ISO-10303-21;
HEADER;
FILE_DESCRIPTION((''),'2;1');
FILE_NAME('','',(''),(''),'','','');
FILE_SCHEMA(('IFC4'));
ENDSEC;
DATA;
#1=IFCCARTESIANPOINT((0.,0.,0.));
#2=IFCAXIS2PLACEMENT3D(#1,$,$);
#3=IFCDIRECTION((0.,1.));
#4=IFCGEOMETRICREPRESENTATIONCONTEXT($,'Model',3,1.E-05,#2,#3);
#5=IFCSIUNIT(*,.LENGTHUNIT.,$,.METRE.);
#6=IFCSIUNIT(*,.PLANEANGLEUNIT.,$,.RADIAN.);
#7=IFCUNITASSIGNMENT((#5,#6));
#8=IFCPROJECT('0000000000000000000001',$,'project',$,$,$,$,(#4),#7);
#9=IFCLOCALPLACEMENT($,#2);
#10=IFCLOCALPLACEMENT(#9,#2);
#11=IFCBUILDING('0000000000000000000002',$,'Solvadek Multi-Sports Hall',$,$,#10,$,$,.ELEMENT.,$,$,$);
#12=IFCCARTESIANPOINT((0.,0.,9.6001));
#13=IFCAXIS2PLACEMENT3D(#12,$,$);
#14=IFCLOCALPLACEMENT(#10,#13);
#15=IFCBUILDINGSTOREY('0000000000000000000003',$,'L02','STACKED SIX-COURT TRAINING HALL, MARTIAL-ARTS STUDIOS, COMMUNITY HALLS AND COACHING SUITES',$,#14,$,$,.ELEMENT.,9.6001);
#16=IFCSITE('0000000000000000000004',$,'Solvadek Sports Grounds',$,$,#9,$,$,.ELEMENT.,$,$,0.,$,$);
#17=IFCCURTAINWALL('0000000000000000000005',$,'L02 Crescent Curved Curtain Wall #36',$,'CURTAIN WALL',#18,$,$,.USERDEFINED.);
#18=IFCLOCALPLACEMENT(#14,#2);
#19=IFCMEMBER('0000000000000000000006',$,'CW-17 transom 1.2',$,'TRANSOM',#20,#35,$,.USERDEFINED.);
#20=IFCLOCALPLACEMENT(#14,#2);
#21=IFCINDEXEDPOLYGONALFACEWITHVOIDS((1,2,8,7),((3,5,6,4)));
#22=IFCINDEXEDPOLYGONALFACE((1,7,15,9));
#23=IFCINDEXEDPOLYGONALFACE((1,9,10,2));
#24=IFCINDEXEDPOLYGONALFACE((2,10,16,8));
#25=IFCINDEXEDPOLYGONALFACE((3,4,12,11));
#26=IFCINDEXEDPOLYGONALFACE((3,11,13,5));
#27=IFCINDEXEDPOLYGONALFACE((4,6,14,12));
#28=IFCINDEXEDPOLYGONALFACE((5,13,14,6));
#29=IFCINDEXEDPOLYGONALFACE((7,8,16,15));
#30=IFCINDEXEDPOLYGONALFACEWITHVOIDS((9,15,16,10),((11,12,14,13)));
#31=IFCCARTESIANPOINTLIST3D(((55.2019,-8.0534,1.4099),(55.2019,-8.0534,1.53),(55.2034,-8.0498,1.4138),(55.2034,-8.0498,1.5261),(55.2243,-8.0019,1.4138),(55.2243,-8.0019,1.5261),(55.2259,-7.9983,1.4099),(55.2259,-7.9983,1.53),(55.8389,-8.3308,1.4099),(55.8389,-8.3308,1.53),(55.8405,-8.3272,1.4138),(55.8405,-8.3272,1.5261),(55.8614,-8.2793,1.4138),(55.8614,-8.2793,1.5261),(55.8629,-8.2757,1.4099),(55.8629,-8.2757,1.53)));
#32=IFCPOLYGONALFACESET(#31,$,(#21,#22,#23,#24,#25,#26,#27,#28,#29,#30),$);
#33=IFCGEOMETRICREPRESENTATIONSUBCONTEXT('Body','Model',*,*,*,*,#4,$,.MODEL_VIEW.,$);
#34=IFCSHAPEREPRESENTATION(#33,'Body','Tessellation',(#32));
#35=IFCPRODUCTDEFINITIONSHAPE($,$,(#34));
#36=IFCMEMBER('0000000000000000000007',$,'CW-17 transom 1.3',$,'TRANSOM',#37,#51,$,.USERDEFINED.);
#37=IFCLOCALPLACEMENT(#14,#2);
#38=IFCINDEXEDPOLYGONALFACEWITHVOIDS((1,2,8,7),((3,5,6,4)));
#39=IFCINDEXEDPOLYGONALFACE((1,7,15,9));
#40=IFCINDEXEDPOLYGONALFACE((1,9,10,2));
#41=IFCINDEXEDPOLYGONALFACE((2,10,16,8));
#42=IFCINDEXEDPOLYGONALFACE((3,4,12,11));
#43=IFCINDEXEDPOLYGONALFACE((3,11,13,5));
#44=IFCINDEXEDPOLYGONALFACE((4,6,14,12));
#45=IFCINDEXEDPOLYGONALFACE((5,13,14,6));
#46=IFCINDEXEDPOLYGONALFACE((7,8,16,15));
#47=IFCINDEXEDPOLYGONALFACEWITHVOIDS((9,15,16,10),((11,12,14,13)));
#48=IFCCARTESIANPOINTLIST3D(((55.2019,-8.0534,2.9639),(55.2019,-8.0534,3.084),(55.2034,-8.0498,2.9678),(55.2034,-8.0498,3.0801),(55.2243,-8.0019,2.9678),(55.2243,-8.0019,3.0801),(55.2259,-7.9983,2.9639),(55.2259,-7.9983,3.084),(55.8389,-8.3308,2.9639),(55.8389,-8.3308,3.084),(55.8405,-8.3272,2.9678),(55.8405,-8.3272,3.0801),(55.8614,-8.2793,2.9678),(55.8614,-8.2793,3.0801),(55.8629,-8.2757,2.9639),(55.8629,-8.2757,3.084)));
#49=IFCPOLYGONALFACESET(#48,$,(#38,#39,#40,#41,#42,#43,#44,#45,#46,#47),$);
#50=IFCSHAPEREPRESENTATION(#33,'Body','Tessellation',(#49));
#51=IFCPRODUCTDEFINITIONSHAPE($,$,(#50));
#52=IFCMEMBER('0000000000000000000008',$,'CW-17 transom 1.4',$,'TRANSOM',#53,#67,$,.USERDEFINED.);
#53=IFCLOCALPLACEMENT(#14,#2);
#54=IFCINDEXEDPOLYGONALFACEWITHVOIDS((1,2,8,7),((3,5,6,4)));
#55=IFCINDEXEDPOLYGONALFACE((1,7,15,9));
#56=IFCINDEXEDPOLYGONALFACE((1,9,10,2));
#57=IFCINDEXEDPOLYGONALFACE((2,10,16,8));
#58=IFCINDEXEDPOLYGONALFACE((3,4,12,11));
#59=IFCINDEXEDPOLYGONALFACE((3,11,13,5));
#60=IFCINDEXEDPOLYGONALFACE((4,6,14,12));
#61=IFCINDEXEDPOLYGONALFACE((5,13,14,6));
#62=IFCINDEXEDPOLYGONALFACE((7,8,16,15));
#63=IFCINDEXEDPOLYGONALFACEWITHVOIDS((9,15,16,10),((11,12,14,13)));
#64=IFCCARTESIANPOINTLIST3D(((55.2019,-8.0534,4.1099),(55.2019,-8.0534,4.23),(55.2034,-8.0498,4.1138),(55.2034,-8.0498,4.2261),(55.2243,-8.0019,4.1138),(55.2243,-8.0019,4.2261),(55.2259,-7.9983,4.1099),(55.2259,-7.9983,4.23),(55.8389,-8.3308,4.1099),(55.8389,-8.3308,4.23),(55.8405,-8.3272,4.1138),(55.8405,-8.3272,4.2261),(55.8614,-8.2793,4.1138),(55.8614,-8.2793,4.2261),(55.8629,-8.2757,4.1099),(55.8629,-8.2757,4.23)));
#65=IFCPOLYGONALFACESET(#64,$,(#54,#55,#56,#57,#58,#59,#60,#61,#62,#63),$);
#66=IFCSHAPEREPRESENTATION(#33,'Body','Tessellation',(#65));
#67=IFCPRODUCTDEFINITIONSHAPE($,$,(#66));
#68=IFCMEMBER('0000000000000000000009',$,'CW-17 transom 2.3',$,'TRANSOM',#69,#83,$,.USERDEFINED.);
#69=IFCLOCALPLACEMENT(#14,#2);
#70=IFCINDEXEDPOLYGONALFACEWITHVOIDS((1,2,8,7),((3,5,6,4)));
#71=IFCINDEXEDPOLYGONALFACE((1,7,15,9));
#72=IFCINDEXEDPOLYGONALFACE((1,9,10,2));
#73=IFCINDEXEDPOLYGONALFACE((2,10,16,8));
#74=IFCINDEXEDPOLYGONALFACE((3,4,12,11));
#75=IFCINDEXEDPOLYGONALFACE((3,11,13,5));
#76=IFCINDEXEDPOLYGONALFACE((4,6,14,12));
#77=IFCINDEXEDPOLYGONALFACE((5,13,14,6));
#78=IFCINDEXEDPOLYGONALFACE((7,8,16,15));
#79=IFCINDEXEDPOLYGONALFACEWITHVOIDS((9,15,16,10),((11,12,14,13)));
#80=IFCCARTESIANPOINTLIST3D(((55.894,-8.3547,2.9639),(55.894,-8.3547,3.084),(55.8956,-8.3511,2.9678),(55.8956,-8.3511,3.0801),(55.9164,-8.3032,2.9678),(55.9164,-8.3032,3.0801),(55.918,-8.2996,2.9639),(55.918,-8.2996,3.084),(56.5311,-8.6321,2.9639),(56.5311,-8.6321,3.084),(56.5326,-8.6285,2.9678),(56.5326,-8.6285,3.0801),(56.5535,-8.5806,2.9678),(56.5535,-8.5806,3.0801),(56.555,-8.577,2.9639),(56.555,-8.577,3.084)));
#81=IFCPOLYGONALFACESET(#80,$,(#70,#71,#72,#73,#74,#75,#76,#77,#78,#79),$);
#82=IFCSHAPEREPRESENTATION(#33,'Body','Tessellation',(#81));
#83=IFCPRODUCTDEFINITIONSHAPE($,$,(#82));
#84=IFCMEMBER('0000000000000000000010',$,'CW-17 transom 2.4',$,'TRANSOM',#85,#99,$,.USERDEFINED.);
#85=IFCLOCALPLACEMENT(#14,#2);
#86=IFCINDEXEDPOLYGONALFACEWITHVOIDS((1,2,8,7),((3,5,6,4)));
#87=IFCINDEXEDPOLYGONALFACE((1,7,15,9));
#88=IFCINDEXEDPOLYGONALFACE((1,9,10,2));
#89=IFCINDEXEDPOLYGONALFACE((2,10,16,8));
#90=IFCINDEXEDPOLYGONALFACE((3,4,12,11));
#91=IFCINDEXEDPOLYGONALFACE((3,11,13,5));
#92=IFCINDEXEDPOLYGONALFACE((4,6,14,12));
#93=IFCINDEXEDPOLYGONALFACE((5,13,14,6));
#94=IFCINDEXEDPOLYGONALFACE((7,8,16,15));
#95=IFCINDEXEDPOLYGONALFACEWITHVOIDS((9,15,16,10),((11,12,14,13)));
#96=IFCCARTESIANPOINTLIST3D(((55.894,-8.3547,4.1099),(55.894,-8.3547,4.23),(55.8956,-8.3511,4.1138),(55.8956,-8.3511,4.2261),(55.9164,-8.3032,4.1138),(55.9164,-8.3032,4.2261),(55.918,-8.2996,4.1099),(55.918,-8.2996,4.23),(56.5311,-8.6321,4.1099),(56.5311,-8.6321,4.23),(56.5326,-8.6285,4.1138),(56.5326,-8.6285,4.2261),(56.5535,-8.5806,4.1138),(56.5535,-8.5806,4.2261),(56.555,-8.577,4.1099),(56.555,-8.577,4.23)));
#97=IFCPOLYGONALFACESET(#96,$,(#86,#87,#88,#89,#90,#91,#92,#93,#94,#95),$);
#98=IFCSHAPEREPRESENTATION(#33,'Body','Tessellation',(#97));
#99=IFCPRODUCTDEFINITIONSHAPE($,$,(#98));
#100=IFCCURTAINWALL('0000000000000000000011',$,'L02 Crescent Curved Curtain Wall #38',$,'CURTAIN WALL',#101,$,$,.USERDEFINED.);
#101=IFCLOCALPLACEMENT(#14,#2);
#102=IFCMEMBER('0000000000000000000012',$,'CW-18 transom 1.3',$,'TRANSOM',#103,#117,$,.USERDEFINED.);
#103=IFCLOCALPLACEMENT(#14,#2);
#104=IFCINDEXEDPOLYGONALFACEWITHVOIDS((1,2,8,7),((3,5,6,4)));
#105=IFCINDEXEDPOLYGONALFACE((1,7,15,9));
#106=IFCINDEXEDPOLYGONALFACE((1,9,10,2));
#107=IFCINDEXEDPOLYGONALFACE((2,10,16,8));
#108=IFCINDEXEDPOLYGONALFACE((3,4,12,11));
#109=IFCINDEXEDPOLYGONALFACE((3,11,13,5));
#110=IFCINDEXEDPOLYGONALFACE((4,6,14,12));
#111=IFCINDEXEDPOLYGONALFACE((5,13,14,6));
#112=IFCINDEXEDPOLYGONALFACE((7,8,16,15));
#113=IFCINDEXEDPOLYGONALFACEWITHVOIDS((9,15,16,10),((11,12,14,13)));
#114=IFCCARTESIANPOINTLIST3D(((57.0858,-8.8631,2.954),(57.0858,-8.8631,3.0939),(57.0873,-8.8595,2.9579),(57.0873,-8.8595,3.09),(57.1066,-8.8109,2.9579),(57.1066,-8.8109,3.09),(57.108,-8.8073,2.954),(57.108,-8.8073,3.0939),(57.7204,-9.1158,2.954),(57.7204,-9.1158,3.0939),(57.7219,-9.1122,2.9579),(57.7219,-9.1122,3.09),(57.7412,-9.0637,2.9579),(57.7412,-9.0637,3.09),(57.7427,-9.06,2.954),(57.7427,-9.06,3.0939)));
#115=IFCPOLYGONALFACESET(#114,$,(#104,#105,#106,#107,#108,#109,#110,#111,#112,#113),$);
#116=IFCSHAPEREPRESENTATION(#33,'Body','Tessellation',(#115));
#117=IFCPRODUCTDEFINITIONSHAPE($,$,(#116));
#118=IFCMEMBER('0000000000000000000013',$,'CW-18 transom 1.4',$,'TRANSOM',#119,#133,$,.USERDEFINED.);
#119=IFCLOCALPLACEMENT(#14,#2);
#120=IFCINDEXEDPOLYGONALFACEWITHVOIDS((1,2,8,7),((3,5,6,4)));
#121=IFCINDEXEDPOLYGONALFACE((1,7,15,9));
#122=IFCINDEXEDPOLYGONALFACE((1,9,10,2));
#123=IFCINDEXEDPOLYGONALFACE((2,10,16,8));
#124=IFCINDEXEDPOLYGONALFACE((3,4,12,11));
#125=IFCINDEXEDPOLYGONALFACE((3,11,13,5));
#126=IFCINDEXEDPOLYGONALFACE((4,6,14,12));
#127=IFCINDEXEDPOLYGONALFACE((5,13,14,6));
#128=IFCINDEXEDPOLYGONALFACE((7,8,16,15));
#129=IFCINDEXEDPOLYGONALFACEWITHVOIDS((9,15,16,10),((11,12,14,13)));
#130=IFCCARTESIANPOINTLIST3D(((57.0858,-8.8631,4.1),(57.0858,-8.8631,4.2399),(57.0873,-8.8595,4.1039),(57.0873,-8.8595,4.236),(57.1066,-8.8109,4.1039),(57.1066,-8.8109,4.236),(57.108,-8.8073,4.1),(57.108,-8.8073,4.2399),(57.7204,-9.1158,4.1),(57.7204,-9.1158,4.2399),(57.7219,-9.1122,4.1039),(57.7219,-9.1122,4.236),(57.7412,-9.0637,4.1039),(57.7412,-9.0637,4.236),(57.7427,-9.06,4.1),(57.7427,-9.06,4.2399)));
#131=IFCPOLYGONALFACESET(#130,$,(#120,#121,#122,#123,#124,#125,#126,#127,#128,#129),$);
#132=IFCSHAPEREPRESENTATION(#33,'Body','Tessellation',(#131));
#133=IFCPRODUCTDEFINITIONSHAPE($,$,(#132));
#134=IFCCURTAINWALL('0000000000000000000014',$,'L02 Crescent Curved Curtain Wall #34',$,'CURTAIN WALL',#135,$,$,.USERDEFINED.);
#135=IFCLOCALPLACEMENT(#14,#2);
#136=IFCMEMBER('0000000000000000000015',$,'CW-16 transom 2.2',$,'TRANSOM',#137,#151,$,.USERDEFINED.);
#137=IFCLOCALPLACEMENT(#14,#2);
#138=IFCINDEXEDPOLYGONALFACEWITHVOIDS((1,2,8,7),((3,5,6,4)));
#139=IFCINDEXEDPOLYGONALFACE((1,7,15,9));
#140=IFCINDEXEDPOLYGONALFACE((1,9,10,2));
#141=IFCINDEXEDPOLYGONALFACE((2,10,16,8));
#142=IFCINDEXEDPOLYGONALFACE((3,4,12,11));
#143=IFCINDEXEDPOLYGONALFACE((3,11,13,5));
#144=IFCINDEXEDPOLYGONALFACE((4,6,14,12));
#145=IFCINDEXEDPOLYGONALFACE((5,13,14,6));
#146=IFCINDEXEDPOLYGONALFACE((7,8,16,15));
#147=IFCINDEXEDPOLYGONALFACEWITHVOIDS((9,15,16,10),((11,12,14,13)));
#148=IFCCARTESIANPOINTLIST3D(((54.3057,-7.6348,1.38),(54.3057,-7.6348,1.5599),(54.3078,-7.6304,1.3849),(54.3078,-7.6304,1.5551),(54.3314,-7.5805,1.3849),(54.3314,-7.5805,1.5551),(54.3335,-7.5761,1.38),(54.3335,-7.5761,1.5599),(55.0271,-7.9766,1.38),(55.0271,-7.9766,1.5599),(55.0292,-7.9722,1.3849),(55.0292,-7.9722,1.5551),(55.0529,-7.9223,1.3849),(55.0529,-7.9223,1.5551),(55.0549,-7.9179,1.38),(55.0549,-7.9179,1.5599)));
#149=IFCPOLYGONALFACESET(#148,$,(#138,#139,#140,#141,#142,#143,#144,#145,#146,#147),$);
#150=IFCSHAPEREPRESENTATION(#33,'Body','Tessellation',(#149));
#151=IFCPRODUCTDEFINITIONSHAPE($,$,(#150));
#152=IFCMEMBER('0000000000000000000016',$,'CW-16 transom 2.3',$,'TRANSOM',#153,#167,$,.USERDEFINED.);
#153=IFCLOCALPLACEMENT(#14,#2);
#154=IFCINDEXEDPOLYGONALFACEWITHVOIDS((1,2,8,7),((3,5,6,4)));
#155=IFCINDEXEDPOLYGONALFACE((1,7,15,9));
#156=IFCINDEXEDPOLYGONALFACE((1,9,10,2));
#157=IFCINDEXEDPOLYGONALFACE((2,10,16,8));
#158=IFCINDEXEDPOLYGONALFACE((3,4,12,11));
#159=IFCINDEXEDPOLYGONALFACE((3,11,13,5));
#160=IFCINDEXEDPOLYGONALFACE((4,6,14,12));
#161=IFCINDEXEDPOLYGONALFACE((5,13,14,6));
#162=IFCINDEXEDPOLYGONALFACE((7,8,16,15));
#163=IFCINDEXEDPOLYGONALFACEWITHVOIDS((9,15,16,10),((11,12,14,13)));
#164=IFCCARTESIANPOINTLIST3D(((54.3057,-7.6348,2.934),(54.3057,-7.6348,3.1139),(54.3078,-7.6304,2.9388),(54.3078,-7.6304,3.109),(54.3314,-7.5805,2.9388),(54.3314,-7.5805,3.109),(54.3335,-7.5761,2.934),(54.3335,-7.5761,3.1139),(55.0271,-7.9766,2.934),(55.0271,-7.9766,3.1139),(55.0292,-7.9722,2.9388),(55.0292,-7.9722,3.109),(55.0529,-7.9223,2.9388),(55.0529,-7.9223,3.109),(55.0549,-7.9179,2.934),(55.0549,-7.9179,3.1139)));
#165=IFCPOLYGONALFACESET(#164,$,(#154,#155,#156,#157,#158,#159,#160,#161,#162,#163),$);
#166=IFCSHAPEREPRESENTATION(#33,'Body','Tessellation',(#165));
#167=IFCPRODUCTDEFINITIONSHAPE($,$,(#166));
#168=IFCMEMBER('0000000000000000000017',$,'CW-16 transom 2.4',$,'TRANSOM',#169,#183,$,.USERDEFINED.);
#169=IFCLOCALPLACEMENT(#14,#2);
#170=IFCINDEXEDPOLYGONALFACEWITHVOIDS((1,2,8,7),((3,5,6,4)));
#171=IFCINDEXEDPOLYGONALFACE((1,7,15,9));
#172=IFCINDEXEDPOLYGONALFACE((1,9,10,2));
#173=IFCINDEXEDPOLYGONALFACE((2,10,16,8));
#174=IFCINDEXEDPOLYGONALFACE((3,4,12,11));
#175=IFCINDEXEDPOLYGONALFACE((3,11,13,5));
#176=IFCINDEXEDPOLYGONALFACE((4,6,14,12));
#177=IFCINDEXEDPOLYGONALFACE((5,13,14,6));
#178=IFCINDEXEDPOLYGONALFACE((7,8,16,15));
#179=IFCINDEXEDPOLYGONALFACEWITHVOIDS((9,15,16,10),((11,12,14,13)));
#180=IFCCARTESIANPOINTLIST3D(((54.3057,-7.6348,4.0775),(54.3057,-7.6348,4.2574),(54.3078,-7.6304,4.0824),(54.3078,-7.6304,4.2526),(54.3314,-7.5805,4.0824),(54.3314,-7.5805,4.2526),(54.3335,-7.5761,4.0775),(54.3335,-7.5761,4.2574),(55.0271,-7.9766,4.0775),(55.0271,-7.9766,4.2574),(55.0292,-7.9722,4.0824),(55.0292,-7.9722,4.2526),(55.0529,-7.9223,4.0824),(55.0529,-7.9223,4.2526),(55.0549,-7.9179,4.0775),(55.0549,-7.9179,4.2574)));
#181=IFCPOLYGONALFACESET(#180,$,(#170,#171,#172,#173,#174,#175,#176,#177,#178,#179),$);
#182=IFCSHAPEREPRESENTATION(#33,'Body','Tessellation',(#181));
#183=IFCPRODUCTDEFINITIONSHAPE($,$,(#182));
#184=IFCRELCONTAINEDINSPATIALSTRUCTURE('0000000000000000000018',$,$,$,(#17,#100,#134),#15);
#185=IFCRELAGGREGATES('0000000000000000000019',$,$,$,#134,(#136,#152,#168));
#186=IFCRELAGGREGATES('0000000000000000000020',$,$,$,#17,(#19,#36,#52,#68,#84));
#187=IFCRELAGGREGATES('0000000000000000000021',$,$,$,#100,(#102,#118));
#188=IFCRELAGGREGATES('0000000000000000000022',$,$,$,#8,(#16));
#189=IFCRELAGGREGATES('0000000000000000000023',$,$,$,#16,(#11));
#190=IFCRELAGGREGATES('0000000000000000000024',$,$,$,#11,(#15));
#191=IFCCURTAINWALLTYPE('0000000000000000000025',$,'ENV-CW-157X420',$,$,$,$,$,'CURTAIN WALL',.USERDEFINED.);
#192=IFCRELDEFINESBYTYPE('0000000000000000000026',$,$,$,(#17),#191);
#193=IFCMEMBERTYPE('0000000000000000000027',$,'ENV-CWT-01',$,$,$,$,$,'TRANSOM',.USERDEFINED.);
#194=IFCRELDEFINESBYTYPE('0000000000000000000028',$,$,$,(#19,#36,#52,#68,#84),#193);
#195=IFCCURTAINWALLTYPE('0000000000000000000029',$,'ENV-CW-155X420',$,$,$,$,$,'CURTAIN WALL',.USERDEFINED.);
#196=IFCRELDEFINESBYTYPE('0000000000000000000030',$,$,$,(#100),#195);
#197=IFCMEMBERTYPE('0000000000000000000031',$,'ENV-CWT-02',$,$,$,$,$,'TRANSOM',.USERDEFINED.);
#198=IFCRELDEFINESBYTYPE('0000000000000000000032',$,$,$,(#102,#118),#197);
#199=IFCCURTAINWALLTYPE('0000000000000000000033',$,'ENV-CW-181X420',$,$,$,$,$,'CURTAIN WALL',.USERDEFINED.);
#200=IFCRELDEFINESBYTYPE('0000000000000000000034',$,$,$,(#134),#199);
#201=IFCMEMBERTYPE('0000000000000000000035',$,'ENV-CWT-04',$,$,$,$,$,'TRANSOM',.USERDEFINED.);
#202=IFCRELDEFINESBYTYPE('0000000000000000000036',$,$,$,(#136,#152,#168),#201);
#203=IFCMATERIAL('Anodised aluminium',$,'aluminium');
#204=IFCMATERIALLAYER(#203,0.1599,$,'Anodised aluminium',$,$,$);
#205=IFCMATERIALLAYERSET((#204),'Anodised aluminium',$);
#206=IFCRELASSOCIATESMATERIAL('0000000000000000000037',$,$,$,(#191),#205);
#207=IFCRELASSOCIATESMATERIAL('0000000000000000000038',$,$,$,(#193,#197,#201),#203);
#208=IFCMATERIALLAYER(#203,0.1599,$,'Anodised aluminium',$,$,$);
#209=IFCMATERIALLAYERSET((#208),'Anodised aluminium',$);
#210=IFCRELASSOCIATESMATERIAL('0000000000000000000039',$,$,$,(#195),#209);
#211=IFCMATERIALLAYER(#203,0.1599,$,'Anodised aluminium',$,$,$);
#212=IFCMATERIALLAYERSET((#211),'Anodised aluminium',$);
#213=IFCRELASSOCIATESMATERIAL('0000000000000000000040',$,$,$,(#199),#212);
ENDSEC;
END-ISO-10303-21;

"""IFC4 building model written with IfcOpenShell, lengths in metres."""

from ifc_helpers import new_model, si_unit, direction, frame, origin, origin_2d, place, context, subcontext, project, spatial, hollow_rectangle, extrude, material, layer, layer_set, material_profile, profile_set, type_object, element, aggregate, save


model = new_model("IFC4")

# Units and contexts
model_context = context("Model", 3, precision=1e-05, world=origin(), true_north=direction((0.0, 1.0)))
body_context = subcontext(model_context, "Body", "Model", "MODEL_VIEW")
ifc_project = project(units=[si_unit("LENGTHUNIT", "METRE"), si_unit("PLANEANGLEUNIT", "RADIAN")], contexts=[model_context])

# Site, building, storey
site_placement = place(None, origin())
site = spatial("IfcSite", under=ifc_project, at=site_placement, Name="Solvadek Sports Grounds", CompositionType="ELEMENT", RefElevation=0.0)
building_placement = place(site_placement, origin())
building = spatial("IfcBuilding", under=site, at=building_placement, Name="Solvadek Multi-Sports Hall", CompositionType="ELEMENT")
storey_placement = place(building_placement, frame((0.0, 0.0, 9.6001)))
storey = spatial("IfcBuildingStorey", under=building, at=storey_placement, Name="L02", Description="STACKED SIX-COURT TRAINING HALL, MARTIAL-ARTS STUDIOS, COMMUNITY HALLS AND COACHING SUITES", CompositionType="ELEMENT", Elevation=9.6001)

# Curtain walls, members
ifc_material_1 = material(Name="Anodised aluminium", Category="aluminium")
ifc_layer_1 = layer(ifc_material_1, 0.1599, Name="Anodised aluminium")
ifc_layer_set_1 = layer_set([ifc_layer_1], Name="Anodised aluminium")
curtain_wall_type_1 = type_object("IfcCurtainWallType", Name="ENV-CW-157X420", ElementType="CURTAIN WALL", PredefinedType="USERDEFINED", material=ifc_layer_set_1)
curtain_wall_1_placement = place(storey_placement, origin())
curtain_wall_1 = element("IfcCurtainWall", 1, at=curtain_wall_1_placement, inside=storey, type_object=curtain_wall_type_1, Name="L02 Crescent Curved Curtain Wall #36", ObjectType="CURTAIN WALL", PredefinedType="USERDEFINED")
ifc_material_profile_1 = material_profile(ifc_material_1, hollow_rectangle(XDim=0.0601, YDim=0.1201, WallThickness=0.0039, at=origin_2d()), Name="ALU-T 120x60x4")
ifc_profile_set_1 = profile_set([ifc_material_profile_1], Name="Anodised aluminium")
member_type_1 = type_object("IfcMemberType", Name="ENV-CWT-01", ElementType="TRANSOM", PredefinedType="USERDEFINED", material=ifc_profile_set_1)
member_1_placement = place(storey_placement, frame((55.2139, -8.0259, 1.47), z_axis=(0.916858, -0.399214, 0.0), x_axis=(0.399214, 0.916858, 0.0)))
member_1 = element("IfcMember", 2, at=member_1_placement, type_object=member_type_1, Name="CW-17 transom 1.2", ObjectType="TRANSOM", PredefinedType="USERDEFINED", context=body_context, shape_type="SweptSolid", body=[
    extrude(hollow_rectangle(XDim=0.0601, YDim=0.1201, WallThickness=0.0039, at=origin_2d()), origin(), (0.0, 0.0, 1.0), 0.6948),
])
member_2_placement = place(storey_placement, frame((55.2139, -8.0259, 3.0239), z_axis=(0.916858, -0.399214, 0.0), x_axis=(0.399214, 0.916858, 0.0)))
member_2 = element("IfcMember", 3, at=member_2_placement, type_object=member_type_1, Name="CW-17 transom 1.3", ObjectType="TRANSOM", PredefinedType="USERDEFINED", context=body_context, shape_type="SweptSolid", body=[
    extrude(hollow_rectangle(XDim=0.0601, YDim=0.1201, WallThickness=0.0039, at=origin_2d()), origin(), (0.0, 0.0, 1.0), 0.6948),
])
member_3_placement = place(storey_placement, frame((55.2139, -8.0259, 4.1699), z_axis=(0.916858, -0.399214, 0.0), x_axis=(0.399214, 0.916858, 0.0)))
member_3 = element("IfcMember", 4, at=member_3_placement, type_object=member_type_1, Name="CW-17 transom 1.4", ObjectType="TRANSOM", PredefinedType="USERDEFINED", context=body_context, shape_type="SweptSolid", body=[
    extrude(hollow_rectangle(XDim=0.0601, YDim=0.1201, WallThickness=0.0039, at=origin_2d()), origin(), (0.0, 0.0, 1.0), 0.6948),
])
member_4_placement = place(storey_placement, frame((55.906, -8.3271, 3.0239), z_axis=(0.916858, -0.399214, 0.0), x_axis=(0.399214, 0.916858, 0.0)))
member_4 = element("IfcMember", 5, at=member_4_placement, type_object=member_type_1, Name="CW-17 transom 2.3", ObjectType="TRANSOM", PredefinedType="USERDEFINED", context=body_context, shape_type="SweptSolid", body=[
    extrude(hollow_rectangle(XDim=0.0601, YDim=0.1201, WallThickness=0.0039, at=origin_2d()), origin(), (0.0, 0.0, 1.0), 0.6948),
])
member_5_placement = place(storey_placement, frame((55.906, -8.3271, 4.1699), z_axis=(0.916858, -0.399214, 0.0), x_axis=(0.399214, 0.916858, 0.0)))
member_5 = element("IfcMember", 6, at=member_5_placement, type_object=member_type_1, Name="CW-17 transom 2.4", ObjectType="TRANSOM", PredefinedType="USERDEFINED", context=body_context, shape_type="SweptSolid", body=[
    extrude(hollow_rectangle(XDim=0.0601, YDim=0.1201, WallThickness=0.0039, at=origin_2d()), origin(), (0.0, 0.0, 1.0), 0.6948),
])
ifc_layer_2 = layer(ifc_material_1, 0.1599, Name="Anodised aluminium")
ifc_layer_set_2 = layer_set([ifc_layer_2], Name="Anodised aluminium")
curtain_wall_type_2 = type_object("IfcCurtainWallType", Name="ENV-CW-155X420", ElementType="CURTAIN WALL", PredefinedType="USERDEFINED", material=ifc_layer_set_2)
curtain_wall_2_placement = place(storey_placement, origin())
curtain_wall_2 = element("IfcCurtainWall", 7, at=curtain_wall_2_placement, inside=storey, type_object=curtain_wall_type_2, Name="L02 Crescent Curved Curtain Wall #38", ObjectType="CURTAIN WALL", PredefinedType="USERDEFINED")
ifc_material_profile_2 = material_profile(ifc_material_1, hollow_rectangle(XDim=0.0601, YDim=0.1399, WallThickness=0.0039, at=origin_2d()), Name="ALU-T 140x60x4")
ifc_profile_set_2 = profile_set([ifc_material_profile_2], Name="Anodised aluminium")
member_type_2 = type_object("IfcMemberType", Name="ENV-CWT-02", ElementType="TRANSOM", PredefinedType="USERDEFINED", material=ifc_profile_set_2)
member_6_placement = place(storey_placement, frame((57.0969, -8.8352, 3.0239), z_axis=(0.929043, -0.369973, 0.0), x_axis=(0.369973, 0.929043, 0.0)))
member_6 = element("IfcMember", 8, at=member_6_placement, type_object=member_type_2, Name="CW-18 transom 1.3", ObjectType="TRANSOM", PredefinedType="USERDEFINED", context=body_context, shape_type="SweptSolid", body=[
    extrude(hollow_rectangle(XDim=0.0601, YDim=0.1399, WallThickness=0.0039, at=origin_2d()), origin(), (0.0, 0.0, 1.0), 0.6831),
])
member_7_placement = place(storey_placement, frame((57.0969, -8.8352, 4.1699), z_axis=(0.929043, -0.369973, 0.0), x_axis=(0.369973, 0.929043, 0.0)))
member_7 = element("IfcMember", 9, at=member_7_placement, type_object=member_type_2, Name="CW-18 transom 1.4", ObjectType="TRANSOM", PredefinedType="USERDEFINED", context=body_context, shape_type="SweptSolid", body=[
    extrude(hollow_rectangle(XDim=0.0601, YDim=0.1399, WallThickness=0.0039, at=origin_2d()), origin(), (0.0, 0.0, 1.0), 0.6831),
])
ifc_layer_3 = layer(ifc_material_1, 0.1599, Name="Anodised aluminium")
ifc_layer_set_3 = layer_set([ifc_layer_3], Name="Anodised aluminium")
curtain_wall_type_3 = type_object("IfcCurtainWallType", Name="ENV-CW-181X420", ElementType="CURTAIN WALL", PredefinedType="USERDEFINED", material=ifc_layer_set_3)
curtain_wall_3_placement = place(storey_placement, origin())
curtain_wall_3 = element("IfcCurtainWall", 10, at=curtain_wall_3_placement, inside=storey, type_object=curtain_wall_type_3, Name="L02 Crescent Curved Curtain Wall #34", ObjectType="CURTAIN WALL", PredefinedType="USERDEFINED")
ifc_material_profile_3 = material_profile(ifc_material_1, hollow_rectangle(XDim=0.0649, YDim=0.1799, WallThickness=0.0049, at=origin_2d()), Name="ALU-T 180x65x5")
ifc_profile_set_3 = profile_set([ifc_material_profile_3], Name="Anodised aluminium")
member_type_3 = type_object("IfcMemberType", Name="ENV-CWT-04", ElementType="TRANSOM", PredefinedType="USERDEFINED", material=ifc_profile_set_3)
member_8_placement = place(storey_placement, frame((54.3196, -7.6055, 1.47), z_axis=(0.903707, -0.428152, 0.0), x_axis=(0.428152, 0.903707, 0.0)))
member_8 = element("IfcMember", 11, at=member_8_placement, type_object=member_type_3, Name="CW-16 transom 2.2", ObjectType="TRANSOM", PredefinedType="USERDEFINED", context=body_context, shape_type="SweptSolid", body=[
    extrude(hollow_rectangle(XDim=0.0649, YDim=0.1799, WallThickness=0.0049, at=origin_2d()), origin(), (0.0, 0.0, 1.0), 0.7983),
])
member_9_placement = place(storey_placement, frame((54.3196, -7.6055, 3.0239), z_axis=(0.903707, -0.428152, 0.0), x_axis=(0.428152, 0.903707, 0.0)))
member_9 = element("IfcMember", 12, at=member_9_placement, type_object=member_type_3, Name="CW-16 transom 2.3", ObjectType="TRANSOM", PredefinedType="USERDEFINED", context=body_context, shape_type="SweptSolid", body=[
    extrude(hollow_rectangle(XDim=0.0649, YDim=0.1799, WallThickness=0.0049, at=origin_2d()), origin(), (0.0, 0.0, 1.0), 0.7983),
])
member_10_placement = place(storey_placement, frame((54.3196, -7.6055, 4.1675), z_axis=(0.903707, -0.428152, 0.0), x_axis=(0.428152, 0.903707, 0.0)))
member_10 = element("IfcMember", 13, at=member_10_placement, type_object=member_type_3, Name="CW-16 transom 2.4", ObjectType="TRANSOM", PredefinedType="USERDEFINED", context=body_context, shape_type="SweptSolid", body=[
    extrude(hollow_rectangle(XDim=0.0649, YDim=0.1799, WallThickness=0.0049, at=origin_2d()), origin(), (0.0, 0.0, 1.0), 0.7983),
])

aggregate(curtain_wall_3, [member_8, member_9, member_10])
aggregate(curtain_wall_1, [member_1, member_2, member_3, member_4, member_5])
aggregate(curtain_wall_2, [member_6, member_7])

save(model, "model.ifc")
